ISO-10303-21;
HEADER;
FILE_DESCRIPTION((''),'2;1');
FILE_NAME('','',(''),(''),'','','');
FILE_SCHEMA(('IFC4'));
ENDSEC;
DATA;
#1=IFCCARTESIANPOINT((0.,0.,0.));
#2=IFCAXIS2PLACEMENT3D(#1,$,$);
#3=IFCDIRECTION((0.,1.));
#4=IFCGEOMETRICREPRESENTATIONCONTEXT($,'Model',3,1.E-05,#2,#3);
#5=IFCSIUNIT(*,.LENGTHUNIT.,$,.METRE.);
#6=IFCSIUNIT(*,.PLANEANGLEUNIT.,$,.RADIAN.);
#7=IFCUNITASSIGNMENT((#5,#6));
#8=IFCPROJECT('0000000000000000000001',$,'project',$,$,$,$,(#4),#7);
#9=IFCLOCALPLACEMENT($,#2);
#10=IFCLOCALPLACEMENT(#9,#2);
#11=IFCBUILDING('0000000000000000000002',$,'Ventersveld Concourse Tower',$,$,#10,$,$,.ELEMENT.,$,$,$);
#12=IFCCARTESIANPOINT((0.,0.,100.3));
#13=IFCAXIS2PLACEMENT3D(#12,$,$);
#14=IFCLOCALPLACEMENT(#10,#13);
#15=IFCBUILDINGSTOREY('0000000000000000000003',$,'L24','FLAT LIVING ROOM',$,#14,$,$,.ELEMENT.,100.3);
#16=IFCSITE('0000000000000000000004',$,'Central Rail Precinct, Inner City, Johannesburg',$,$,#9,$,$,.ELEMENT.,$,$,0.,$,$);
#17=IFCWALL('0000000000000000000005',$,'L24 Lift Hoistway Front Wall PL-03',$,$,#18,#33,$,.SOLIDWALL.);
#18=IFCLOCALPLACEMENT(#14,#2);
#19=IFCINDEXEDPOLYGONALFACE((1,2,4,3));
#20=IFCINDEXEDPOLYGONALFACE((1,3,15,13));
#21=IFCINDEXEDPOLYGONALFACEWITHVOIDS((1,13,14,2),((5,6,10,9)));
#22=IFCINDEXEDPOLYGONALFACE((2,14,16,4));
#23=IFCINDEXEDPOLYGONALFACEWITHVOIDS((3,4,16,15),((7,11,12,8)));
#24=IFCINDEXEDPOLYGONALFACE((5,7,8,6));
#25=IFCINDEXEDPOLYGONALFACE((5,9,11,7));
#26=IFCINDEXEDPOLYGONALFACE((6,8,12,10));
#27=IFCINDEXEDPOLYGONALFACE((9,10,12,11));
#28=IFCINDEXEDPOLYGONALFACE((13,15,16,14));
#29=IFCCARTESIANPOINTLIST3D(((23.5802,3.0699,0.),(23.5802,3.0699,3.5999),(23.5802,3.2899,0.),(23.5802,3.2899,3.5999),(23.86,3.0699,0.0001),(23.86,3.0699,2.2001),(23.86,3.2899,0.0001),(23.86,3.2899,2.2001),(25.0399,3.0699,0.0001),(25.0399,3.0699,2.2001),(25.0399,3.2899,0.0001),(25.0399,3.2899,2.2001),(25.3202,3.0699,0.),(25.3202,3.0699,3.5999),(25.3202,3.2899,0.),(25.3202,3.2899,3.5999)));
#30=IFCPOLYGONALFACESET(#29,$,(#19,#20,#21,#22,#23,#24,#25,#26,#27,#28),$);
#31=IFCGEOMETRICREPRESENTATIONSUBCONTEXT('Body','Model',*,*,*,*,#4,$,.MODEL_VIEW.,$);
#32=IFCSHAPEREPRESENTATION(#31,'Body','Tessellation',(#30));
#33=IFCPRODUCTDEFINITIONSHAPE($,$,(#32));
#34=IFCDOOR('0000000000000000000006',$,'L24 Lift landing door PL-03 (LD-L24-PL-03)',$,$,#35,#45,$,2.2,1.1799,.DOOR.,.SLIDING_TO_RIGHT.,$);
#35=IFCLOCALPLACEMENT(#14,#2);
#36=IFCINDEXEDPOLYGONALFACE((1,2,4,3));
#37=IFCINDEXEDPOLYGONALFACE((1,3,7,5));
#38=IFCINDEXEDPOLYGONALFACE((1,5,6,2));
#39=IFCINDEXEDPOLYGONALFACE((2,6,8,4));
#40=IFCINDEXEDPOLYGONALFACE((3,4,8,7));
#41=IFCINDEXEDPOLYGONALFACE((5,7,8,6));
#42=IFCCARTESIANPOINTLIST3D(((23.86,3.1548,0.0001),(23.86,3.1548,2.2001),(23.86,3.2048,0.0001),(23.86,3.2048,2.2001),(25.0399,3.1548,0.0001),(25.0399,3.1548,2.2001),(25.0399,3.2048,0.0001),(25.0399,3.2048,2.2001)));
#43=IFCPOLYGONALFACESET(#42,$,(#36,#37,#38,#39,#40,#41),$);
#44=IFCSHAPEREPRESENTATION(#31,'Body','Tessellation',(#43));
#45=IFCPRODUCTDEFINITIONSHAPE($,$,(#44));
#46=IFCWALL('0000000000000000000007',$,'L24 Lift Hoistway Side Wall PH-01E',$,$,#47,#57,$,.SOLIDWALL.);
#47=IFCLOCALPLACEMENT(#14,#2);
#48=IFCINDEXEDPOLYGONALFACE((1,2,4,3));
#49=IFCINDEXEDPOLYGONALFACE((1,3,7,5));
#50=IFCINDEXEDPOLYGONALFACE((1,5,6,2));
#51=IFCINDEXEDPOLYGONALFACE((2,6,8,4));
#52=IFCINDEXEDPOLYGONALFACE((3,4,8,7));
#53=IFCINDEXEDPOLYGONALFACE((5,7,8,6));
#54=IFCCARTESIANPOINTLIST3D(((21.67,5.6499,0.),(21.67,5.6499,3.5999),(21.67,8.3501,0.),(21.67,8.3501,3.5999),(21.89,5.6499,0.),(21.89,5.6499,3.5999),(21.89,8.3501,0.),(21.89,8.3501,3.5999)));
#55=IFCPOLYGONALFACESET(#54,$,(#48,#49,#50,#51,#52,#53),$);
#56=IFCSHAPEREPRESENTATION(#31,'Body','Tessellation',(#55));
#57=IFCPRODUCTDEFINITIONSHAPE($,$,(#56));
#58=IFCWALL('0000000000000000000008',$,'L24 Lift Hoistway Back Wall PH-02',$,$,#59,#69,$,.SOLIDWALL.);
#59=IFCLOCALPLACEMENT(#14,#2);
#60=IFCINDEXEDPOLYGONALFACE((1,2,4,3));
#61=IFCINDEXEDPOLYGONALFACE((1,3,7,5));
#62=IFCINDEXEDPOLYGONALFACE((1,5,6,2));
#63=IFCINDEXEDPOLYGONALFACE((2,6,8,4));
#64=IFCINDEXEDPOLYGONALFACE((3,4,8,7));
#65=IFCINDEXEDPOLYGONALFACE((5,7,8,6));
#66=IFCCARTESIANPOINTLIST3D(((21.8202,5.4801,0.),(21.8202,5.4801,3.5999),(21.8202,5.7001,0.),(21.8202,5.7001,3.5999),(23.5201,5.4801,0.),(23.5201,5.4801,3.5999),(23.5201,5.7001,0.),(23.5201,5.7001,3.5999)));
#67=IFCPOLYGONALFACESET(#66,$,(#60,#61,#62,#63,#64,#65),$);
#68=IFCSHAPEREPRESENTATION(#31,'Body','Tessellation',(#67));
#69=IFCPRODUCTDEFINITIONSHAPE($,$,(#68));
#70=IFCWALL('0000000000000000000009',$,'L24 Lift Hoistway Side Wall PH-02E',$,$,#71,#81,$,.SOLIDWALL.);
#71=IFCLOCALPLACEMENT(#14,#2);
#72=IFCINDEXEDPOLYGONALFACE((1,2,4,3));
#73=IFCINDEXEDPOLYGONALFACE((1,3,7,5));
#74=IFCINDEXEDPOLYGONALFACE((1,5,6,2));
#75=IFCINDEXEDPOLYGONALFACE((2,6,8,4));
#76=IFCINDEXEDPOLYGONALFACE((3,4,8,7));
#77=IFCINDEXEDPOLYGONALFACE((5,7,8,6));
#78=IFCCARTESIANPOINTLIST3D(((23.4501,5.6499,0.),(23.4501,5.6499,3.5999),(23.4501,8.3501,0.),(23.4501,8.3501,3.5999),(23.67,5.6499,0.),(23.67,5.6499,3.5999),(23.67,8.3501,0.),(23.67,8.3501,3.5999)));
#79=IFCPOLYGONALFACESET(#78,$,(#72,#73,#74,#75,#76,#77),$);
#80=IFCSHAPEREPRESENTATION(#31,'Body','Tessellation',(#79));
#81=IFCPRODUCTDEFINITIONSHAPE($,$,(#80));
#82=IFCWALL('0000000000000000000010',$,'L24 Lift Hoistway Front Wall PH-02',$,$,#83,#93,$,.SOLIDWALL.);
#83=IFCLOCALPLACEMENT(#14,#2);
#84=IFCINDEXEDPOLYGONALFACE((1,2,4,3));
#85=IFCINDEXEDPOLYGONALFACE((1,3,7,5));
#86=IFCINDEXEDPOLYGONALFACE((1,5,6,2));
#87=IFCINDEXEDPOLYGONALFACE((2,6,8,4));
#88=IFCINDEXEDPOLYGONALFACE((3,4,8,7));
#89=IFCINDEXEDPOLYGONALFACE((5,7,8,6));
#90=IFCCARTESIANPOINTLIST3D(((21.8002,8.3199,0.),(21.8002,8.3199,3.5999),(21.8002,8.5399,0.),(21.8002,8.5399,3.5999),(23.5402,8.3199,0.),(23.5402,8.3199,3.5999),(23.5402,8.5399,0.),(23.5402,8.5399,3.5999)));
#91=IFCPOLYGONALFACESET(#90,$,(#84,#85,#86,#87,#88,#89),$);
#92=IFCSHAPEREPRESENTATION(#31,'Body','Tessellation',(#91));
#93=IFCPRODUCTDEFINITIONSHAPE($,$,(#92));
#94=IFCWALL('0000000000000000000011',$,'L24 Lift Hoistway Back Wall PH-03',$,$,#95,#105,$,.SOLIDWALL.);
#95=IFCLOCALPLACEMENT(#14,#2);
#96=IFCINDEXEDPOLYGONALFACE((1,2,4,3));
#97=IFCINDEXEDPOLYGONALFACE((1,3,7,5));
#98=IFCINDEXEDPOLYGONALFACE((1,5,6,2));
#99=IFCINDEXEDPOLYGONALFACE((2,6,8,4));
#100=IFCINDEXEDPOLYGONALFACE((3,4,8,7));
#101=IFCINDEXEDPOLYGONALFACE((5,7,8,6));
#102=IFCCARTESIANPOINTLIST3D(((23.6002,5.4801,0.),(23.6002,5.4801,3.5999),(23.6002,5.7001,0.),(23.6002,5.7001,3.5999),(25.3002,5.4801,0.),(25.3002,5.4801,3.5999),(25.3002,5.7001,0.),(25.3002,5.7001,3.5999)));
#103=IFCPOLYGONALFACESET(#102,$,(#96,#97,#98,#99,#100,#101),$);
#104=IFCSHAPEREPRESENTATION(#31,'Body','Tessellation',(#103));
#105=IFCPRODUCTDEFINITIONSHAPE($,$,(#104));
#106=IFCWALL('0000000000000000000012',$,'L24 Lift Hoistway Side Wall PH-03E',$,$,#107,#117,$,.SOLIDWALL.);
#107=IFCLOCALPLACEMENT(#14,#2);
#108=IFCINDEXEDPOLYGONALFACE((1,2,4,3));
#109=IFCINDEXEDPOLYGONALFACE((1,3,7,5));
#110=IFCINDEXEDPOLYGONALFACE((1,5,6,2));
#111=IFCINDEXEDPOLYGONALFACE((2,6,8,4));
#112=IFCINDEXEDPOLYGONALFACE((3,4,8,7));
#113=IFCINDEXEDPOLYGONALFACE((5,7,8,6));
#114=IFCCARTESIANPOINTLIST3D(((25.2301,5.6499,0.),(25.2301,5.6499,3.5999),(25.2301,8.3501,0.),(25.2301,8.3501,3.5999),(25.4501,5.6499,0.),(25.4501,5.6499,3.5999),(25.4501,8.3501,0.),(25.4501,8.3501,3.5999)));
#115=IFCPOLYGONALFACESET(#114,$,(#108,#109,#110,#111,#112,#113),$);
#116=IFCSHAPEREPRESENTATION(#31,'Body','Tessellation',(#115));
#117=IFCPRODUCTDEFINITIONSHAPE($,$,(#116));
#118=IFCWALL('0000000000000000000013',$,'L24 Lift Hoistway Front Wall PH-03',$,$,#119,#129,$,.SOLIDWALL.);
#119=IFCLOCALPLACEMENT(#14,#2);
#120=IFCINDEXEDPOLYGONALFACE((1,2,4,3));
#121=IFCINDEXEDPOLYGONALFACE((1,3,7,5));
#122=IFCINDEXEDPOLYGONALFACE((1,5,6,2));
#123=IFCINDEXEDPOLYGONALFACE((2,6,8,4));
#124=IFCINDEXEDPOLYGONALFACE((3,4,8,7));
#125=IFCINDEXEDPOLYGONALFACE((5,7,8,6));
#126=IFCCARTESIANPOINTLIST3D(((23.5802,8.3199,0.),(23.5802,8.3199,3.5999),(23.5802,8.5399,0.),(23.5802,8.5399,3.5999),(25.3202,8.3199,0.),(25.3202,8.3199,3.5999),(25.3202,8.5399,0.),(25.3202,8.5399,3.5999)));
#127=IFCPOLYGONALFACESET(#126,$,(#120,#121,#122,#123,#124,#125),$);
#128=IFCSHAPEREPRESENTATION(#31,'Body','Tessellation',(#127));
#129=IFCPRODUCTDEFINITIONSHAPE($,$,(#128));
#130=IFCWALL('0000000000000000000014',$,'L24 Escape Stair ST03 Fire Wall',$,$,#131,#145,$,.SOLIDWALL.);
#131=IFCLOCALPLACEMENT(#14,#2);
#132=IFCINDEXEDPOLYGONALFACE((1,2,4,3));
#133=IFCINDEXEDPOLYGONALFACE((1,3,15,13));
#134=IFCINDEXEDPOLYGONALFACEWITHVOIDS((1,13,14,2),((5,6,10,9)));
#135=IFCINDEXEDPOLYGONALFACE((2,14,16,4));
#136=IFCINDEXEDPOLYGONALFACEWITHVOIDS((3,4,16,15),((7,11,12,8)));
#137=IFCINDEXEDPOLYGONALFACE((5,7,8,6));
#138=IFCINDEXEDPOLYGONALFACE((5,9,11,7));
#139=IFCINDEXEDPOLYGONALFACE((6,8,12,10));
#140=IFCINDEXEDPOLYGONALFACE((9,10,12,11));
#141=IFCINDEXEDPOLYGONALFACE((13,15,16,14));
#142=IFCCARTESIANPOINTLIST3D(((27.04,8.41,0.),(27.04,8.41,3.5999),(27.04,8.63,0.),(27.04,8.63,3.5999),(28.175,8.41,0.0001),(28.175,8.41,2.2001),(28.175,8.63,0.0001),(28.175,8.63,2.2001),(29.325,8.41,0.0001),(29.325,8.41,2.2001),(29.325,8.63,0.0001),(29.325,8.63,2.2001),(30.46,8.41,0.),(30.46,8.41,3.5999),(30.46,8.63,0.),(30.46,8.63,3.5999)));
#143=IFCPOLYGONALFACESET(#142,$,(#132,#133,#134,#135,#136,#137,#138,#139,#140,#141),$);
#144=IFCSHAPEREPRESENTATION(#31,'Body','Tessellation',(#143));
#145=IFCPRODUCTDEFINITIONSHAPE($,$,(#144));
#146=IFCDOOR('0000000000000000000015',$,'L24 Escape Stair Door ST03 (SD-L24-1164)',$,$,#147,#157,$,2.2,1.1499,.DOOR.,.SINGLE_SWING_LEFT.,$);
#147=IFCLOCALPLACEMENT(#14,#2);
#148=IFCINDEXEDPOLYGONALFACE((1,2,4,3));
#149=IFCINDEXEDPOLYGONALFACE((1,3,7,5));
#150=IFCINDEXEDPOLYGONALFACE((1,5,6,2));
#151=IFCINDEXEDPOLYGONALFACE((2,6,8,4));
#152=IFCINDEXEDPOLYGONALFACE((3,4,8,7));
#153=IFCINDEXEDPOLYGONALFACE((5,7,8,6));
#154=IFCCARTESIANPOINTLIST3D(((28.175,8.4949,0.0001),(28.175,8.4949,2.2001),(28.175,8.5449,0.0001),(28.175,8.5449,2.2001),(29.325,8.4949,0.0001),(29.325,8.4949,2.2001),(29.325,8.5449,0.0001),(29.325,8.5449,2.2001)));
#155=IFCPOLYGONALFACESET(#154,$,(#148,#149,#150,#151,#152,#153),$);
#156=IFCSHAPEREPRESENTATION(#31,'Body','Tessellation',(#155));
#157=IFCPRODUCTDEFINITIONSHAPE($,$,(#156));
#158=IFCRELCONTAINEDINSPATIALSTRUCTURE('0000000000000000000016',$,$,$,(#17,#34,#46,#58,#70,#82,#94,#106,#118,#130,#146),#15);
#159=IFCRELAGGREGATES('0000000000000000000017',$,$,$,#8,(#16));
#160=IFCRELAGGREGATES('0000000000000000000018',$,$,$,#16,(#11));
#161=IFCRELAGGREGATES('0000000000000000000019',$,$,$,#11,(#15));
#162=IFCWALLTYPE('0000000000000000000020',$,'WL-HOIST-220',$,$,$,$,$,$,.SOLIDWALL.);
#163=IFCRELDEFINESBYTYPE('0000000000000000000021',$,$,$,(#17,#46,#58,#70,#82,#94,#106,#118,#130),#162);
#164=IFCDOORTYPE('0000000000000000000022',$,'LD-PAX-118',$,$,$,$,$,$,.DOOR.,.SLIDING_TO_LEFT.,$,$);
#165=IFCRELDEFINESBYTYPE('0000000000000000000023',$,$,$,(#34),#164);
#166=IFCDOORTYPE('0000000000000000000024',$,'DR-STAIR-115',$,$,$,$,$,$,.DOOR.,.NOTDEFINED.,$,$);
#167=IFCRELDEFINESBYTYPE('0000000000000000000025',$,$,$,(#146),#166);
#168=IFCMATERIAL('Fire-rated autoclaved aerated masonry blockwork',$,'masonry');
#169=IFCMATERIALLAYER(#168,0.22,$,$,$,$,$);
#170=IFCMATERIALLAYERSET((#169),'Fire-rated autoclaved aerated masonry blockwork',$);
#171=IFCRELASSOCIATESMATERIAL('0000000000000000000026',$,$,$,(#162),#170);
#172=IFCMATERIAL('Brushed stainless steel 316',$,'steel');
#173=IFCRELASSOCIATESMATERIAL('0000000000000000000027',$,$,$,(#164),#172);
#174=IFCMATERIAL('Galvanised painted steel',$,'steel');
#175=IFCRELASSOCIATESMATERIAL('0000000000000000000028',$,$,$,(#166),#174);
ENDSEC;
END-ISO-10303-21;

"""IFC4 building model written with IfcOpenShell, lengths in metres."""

from ifc_helpers import new_model, si_unit, direction, frame, frame_2d, origin, place, context, subcontext, project, spatial, rectangle, extrude, material, layer, layer_set, type_object, element, fill, save


model = new_model("IFC4")

# Units and contexts
model_context = context("Model", 3, precision=1e-05, world=origin(), true_north=direction((0.0, 1.0)))
body_context = subcontext(model_context, "Body", "Model", "MODEL_VIEW")
ifc_project = project(units=[si_unit("LENGTHUNIT", "METRE"), si_unit("PLANEANGLEUNIT", "RADIAN")], contexts=[model_context])

# Site, building, storey
site_placement = place(None, origin())
site = spatial("IfcSite", under=ifc_project, at=site_placement, Name="Central Rail Precinct, Inner City, Johannesburg", CompositionType="ELEMENT", RefElevation=0.0)
building_placement = place(site_placement, origin())
building = spatial("IfcBuilding", under=site, at=building_placement, Name="Ventersveld Concourse Tower", CompositionType="ELEMENT")
storey_placement = place(building_placement, frame((0.0, 0.0, 100.3)))
storey = spatial("IfcBuildingStorey", under=building, at=storey_placement, Name="L24", Description="FLAT LIVING ROOM", CompositionType="ELEMENT", Elevation=100.3)

# Shared definitions
ifc_material_1 = material(Name="Fire-rated autoclaved aerated masonry blockwork", Category="masonry")
ifc_layer_1 = layer(ifc_material_1, 0.22)
ifc_layer_set_1 = layer_set([ifc_layer_1], Name="Fire-rated autoclaved aerated masonry blockwork")
wall_type_1 = type_object("IfcWallType", Name="WL-HOIST-220", PredefinedType="SOLIDWALL", material=ifc_layer_set_1)

# Shared definitions
ifc_material_2 = material(Name="Brushed stainless steel 316", Category="steel")
door_type_1 = type_object("IfcDoorType", Name="LD-PAX-118", OperationType="SLIDING_TO_LEFT", PredefinedType="DOOR", material=ifc_material_2)

# Wall, opening, door
wall_1_placement = place(storey_placement, frame((23.5801, 3.1799, 0.0), z_axis=(0.0, 0.0, 1.0), x_axis=(1.0, 0.0, 0.0)))
wall_1 = element("IfcWall", 1, at=wall_1_placement, inside=storey, type_object=wall_type_1, Name="L24 Lift Hoistway Front Wall PL-03", PredefinedType="SOLIDWALL", context=body_context, shape_type="SweptSolid", body=[
    extrude(rectangle(XDim=1.74, YDim=0.22, at=frame_2d((0.8701, 0.0))), origin(), (0.0, 0.0, 1.0), 3.5999),
])
opening_1_placement = place(wall_1_placement, frame((0.28, 0.0, 0.0)))
opening_1 = element("IfcOpeningElement", 2, at=opening_1_placement, cuts=wall_1, PredefinedType="OPENING", context=body_context, shape_type="SweptSolid", body=[
    extrude(rectangle(XDim=1.1799, YDim=2.2, at=frame_2d((0.5898, 1.1001))), frame((0.0, 0.1201, 0.0), z_axis=(0.0, -1.0, 0.0), x_axis=(1.0, 0.0, 0.0)), (0.0, 0.0, 1.0), 0.24),
])
door_1_placement = place(opening_1_placement, origin())
door_1 = element("IfcDoor", 3, at=door_1_placement, inside=storey, type_object=door_type_1, Name="L24 Lift landing door PL-03 (LD-L24-PL-03)", OperationType="SLIDING_TO_RIGHT", OverallHeight=2.2, OverallWidth=1.1799, PredefinedType="DOOR", context=body_context, shape_type="SweptSolid", body=[
    extrude(rectangle(XDim=1.1799, YDim=2.2, at=frame_2d((0.5898, 1.1001))), frame((0.0, 0.0249, 0.0), z_axis=(0.0, -1.0, 0.0), x_axis=(1.0, 0.0, 0.0)), (0.0, 0.0, 1.0), 0.05),
])
fill(opening_1, door_1)

# Walls
wall_2_placement = place(storey_placement, frame((21.78, 5.6499, 0.0), z_axis=(0.0, 0.0, 1.0), x_axis=(0.0, 1.0, 0.0)))
element("IfcWall", 4, at=wall_2_placement, inside=storey, type_object=wall_type_1, Name="L24 Lift Hoistway Side Wall PH-01E", PredefinedType="SOLIDWALL", context=body_context, shape_type="SweptSolid", body=[
    extrude(rectangle(XDim=2.7002, YDim=0.22, at=frame_2d((1.3501, 0.0))), origin(), (0.0, 0.0, 1.0), 3.5999),
])
wall_3_placement = place(storey_placement, frame((21.8201, 5.5901, 0.0), z_axis=(0.0, 0.0, 1.0), x_axis=(1.0, 0.0, 0.0)))
element("IfcWall", 5, at=wall_3_placement, inside=storey, type_object=wall_type_1, Name="L24 Lift Hoistway Back Wall PH-02", PredefinedType="SOLIDWALL", context=body_context, shape_type="SweptSolid", body=[
    extrude(rectangle(XDim=1.7, YDim=0.22, at=frame_2d((0.8501, 0.0))), origin(), (0.0, 0.0, 1.0), 3.5999),
])
wall_4_placement = place(storey_placement, frame((23.5601, 5.6499, 0.0), z_axis=(0.0, 0.0, 1.0), x_axis=(0.0, 1.0, 0.0)))
element("IfcWall", 6, at=wall_4_placement, inside=storey, type_object=wall_type_1, Name="L24 Lift Hoistway Side Wall PH-02E", PredefinedType="SOLIDWALL", context=body_context, shape_type="SweptSolid", body=[
    extrude(rectangle(XDim=2.7002, YDim=0.22, at=frame_2d((1.3501, 0.0))), origin(), (0.0, 0.0, 1.0), 3.5999),
])
wall_5_placement = place(storey_placement, frame((21.8, 8.4299, 0.0), z_axis=(0.0, 0.0, 1.0), x_axis=(1.0, 0.0, 0.0)))
element("IfcWall", 7, at=wall_5_placement, inside=storey, type_object=wall_type_1, Name="L24 Lift Hoistway Front Wall PH-02", PredefinedType="SOLIDWALL", context=body_context, shape_type="SweptSolid", body=[
    extrude(rectangle(XDim=1.74, YDim=0.22, at=frame_2d((0.8701, 0.0))), origin(), (0.0, 0.0, 1.0), 3.5999),
])
wall_6_placement = place(storey_placement, frame((23.6001, 5.5901, 0.0), z_axis=(0.0, 0.0, 1.0), x_axis=(1.0, 0.0, 0.0)))
element("IfcWall", 8, at=wall_6_placement, inside=storey, type_object=wall_type_1, Name="L24 Lift Hoistway Back Wall PH-03", PredefinedType="SOLIDWALL", context=body_context, shape_type="SweptSolid", body=[
    extrude(rectangle(XDim=1.7, YDim=0.22, at=frame_2d((0.8501, 0.0))), origin(), (0.0, 0.0, 1.0), 3.5999),
])
wall_7_placement = place(storey_placement, frame((25.3401, 5.6499, 0.0), z_axis=(0.0, 0.0, 1.0), x_axis=(0.0, 1.0, 0.0)))
element("IfcWall", 9, at=wall_7_placement, inside=storey, type_object=wall_type_1, Name="L24 Lift Hoistway Side Wall PH-03E", PredefinedType="SOLIDWALL", context=body_context, shape_type="SweptSolid", body=[
    extrude(rectangle(XDim=2.7002, YDim=0.22, at=frame_2d((1.3501, 0.0))), origin(), (0.0, 0.0, 1.0), 3.5999),
])
wall_8_placement = place(storey_placement, frame((23.5801, 8.4299, 0.0), z_axis=(0.0, 0.0, 1.0), x_axis=(1.0, 0.0, 0.0)))
element("IfcWall", 10, at=wall_8_placement, inside=storey, type_object=wall_type_1, Name="L24 Lift Hoistway Front Wall PH-03", PredefinedType="SOLIDWALL", context=body_context, shape_type="SweptSolid", body=[
    extrude(rectangle(XDim=1.74, YDim=0.22, at=frame_2d((0.8701, 0.0))), origin(), (0.0, 0.0, 1.0), 3.5999),
])

# Wall, opening, door
wall_9_placement = place(storey_placement, frame((27.04, 8.52, 0.0), z_axis=(0.0, 0.0, 1.0), x_axis=(1.0, 0.0, 0.0)))
wall_9 = element("IfcWall", 11, at=wall_9_placement, inside=storey, type_object=wall_type_1, Name="L24 Escape Stair ST03 Fire Wall", PredefinedType="SOLIDWALL", context=body_context, shape_type="SweptSolid", body=[
    extrude(rectangle(XDim=3.4199, YDim=0.22, at=frame_2d((1.71, 0.0))), origin(), (0.0, 0.0, 1.0), 3.5999),
])
opening_2_placement = place(wall_9_placement, frame((1.135, 0.0, 0.0)))
opening_2 = element("IfcOpeningElement", 12, at=opening_2_placement, cuts=wall_9, PredefinedType="OPENING", context=body_context, shape_type="SweptSolid", body=[
    extrude(rectangle(XDim=1.1499, YDim=2.2, at=frame_2d((0.575, 1.1001))), frame((0.0, 0.1201, 0.0), z_axis=(0.0, -1.0, 0.0), x_axis=(1.0, 0.0, 0.0)), (0.0, 0.0, 1.0), 0.24),
])
ifc_material_3 = material(Name="Galvanised painted steel", Category="steel")
door_type_2 = type_object("IfcDoorType", Name="DR-STAIR-115", OperationType="NOTDEFINED", PredefinedType="DOOR", material=ifc_material_3)
door_2_placement = place(opening_2_placement, origin())
door_2 = element("IfcDoor", 13, at=door_2_placement, inside=storey, type_object=door_type_2, Name="L24 Escape Stair Door ST03 (SD-L24-1164)", OperationType="SINGLE_SWING_LEFT", OverallHeight=2.2, OverallWidth=1.1499, PredefinedType="DOOR", context=body_context, shape_type="SweptSolid", body=[
    extrude(rectangle(XDim=1.1499, YDim=2.2, at=frame_2d((0.575, 1.1001))), frame((0.0, 0.0249, 0.0), z_axis=(0.0, -1.0, 0.0), x_axis=(1.0, 0.0, 0.0)), (0.0, 0.0, 1.0), 0.05),
])
fill(opening_2, door_2)

save(model, "model.ifc")
